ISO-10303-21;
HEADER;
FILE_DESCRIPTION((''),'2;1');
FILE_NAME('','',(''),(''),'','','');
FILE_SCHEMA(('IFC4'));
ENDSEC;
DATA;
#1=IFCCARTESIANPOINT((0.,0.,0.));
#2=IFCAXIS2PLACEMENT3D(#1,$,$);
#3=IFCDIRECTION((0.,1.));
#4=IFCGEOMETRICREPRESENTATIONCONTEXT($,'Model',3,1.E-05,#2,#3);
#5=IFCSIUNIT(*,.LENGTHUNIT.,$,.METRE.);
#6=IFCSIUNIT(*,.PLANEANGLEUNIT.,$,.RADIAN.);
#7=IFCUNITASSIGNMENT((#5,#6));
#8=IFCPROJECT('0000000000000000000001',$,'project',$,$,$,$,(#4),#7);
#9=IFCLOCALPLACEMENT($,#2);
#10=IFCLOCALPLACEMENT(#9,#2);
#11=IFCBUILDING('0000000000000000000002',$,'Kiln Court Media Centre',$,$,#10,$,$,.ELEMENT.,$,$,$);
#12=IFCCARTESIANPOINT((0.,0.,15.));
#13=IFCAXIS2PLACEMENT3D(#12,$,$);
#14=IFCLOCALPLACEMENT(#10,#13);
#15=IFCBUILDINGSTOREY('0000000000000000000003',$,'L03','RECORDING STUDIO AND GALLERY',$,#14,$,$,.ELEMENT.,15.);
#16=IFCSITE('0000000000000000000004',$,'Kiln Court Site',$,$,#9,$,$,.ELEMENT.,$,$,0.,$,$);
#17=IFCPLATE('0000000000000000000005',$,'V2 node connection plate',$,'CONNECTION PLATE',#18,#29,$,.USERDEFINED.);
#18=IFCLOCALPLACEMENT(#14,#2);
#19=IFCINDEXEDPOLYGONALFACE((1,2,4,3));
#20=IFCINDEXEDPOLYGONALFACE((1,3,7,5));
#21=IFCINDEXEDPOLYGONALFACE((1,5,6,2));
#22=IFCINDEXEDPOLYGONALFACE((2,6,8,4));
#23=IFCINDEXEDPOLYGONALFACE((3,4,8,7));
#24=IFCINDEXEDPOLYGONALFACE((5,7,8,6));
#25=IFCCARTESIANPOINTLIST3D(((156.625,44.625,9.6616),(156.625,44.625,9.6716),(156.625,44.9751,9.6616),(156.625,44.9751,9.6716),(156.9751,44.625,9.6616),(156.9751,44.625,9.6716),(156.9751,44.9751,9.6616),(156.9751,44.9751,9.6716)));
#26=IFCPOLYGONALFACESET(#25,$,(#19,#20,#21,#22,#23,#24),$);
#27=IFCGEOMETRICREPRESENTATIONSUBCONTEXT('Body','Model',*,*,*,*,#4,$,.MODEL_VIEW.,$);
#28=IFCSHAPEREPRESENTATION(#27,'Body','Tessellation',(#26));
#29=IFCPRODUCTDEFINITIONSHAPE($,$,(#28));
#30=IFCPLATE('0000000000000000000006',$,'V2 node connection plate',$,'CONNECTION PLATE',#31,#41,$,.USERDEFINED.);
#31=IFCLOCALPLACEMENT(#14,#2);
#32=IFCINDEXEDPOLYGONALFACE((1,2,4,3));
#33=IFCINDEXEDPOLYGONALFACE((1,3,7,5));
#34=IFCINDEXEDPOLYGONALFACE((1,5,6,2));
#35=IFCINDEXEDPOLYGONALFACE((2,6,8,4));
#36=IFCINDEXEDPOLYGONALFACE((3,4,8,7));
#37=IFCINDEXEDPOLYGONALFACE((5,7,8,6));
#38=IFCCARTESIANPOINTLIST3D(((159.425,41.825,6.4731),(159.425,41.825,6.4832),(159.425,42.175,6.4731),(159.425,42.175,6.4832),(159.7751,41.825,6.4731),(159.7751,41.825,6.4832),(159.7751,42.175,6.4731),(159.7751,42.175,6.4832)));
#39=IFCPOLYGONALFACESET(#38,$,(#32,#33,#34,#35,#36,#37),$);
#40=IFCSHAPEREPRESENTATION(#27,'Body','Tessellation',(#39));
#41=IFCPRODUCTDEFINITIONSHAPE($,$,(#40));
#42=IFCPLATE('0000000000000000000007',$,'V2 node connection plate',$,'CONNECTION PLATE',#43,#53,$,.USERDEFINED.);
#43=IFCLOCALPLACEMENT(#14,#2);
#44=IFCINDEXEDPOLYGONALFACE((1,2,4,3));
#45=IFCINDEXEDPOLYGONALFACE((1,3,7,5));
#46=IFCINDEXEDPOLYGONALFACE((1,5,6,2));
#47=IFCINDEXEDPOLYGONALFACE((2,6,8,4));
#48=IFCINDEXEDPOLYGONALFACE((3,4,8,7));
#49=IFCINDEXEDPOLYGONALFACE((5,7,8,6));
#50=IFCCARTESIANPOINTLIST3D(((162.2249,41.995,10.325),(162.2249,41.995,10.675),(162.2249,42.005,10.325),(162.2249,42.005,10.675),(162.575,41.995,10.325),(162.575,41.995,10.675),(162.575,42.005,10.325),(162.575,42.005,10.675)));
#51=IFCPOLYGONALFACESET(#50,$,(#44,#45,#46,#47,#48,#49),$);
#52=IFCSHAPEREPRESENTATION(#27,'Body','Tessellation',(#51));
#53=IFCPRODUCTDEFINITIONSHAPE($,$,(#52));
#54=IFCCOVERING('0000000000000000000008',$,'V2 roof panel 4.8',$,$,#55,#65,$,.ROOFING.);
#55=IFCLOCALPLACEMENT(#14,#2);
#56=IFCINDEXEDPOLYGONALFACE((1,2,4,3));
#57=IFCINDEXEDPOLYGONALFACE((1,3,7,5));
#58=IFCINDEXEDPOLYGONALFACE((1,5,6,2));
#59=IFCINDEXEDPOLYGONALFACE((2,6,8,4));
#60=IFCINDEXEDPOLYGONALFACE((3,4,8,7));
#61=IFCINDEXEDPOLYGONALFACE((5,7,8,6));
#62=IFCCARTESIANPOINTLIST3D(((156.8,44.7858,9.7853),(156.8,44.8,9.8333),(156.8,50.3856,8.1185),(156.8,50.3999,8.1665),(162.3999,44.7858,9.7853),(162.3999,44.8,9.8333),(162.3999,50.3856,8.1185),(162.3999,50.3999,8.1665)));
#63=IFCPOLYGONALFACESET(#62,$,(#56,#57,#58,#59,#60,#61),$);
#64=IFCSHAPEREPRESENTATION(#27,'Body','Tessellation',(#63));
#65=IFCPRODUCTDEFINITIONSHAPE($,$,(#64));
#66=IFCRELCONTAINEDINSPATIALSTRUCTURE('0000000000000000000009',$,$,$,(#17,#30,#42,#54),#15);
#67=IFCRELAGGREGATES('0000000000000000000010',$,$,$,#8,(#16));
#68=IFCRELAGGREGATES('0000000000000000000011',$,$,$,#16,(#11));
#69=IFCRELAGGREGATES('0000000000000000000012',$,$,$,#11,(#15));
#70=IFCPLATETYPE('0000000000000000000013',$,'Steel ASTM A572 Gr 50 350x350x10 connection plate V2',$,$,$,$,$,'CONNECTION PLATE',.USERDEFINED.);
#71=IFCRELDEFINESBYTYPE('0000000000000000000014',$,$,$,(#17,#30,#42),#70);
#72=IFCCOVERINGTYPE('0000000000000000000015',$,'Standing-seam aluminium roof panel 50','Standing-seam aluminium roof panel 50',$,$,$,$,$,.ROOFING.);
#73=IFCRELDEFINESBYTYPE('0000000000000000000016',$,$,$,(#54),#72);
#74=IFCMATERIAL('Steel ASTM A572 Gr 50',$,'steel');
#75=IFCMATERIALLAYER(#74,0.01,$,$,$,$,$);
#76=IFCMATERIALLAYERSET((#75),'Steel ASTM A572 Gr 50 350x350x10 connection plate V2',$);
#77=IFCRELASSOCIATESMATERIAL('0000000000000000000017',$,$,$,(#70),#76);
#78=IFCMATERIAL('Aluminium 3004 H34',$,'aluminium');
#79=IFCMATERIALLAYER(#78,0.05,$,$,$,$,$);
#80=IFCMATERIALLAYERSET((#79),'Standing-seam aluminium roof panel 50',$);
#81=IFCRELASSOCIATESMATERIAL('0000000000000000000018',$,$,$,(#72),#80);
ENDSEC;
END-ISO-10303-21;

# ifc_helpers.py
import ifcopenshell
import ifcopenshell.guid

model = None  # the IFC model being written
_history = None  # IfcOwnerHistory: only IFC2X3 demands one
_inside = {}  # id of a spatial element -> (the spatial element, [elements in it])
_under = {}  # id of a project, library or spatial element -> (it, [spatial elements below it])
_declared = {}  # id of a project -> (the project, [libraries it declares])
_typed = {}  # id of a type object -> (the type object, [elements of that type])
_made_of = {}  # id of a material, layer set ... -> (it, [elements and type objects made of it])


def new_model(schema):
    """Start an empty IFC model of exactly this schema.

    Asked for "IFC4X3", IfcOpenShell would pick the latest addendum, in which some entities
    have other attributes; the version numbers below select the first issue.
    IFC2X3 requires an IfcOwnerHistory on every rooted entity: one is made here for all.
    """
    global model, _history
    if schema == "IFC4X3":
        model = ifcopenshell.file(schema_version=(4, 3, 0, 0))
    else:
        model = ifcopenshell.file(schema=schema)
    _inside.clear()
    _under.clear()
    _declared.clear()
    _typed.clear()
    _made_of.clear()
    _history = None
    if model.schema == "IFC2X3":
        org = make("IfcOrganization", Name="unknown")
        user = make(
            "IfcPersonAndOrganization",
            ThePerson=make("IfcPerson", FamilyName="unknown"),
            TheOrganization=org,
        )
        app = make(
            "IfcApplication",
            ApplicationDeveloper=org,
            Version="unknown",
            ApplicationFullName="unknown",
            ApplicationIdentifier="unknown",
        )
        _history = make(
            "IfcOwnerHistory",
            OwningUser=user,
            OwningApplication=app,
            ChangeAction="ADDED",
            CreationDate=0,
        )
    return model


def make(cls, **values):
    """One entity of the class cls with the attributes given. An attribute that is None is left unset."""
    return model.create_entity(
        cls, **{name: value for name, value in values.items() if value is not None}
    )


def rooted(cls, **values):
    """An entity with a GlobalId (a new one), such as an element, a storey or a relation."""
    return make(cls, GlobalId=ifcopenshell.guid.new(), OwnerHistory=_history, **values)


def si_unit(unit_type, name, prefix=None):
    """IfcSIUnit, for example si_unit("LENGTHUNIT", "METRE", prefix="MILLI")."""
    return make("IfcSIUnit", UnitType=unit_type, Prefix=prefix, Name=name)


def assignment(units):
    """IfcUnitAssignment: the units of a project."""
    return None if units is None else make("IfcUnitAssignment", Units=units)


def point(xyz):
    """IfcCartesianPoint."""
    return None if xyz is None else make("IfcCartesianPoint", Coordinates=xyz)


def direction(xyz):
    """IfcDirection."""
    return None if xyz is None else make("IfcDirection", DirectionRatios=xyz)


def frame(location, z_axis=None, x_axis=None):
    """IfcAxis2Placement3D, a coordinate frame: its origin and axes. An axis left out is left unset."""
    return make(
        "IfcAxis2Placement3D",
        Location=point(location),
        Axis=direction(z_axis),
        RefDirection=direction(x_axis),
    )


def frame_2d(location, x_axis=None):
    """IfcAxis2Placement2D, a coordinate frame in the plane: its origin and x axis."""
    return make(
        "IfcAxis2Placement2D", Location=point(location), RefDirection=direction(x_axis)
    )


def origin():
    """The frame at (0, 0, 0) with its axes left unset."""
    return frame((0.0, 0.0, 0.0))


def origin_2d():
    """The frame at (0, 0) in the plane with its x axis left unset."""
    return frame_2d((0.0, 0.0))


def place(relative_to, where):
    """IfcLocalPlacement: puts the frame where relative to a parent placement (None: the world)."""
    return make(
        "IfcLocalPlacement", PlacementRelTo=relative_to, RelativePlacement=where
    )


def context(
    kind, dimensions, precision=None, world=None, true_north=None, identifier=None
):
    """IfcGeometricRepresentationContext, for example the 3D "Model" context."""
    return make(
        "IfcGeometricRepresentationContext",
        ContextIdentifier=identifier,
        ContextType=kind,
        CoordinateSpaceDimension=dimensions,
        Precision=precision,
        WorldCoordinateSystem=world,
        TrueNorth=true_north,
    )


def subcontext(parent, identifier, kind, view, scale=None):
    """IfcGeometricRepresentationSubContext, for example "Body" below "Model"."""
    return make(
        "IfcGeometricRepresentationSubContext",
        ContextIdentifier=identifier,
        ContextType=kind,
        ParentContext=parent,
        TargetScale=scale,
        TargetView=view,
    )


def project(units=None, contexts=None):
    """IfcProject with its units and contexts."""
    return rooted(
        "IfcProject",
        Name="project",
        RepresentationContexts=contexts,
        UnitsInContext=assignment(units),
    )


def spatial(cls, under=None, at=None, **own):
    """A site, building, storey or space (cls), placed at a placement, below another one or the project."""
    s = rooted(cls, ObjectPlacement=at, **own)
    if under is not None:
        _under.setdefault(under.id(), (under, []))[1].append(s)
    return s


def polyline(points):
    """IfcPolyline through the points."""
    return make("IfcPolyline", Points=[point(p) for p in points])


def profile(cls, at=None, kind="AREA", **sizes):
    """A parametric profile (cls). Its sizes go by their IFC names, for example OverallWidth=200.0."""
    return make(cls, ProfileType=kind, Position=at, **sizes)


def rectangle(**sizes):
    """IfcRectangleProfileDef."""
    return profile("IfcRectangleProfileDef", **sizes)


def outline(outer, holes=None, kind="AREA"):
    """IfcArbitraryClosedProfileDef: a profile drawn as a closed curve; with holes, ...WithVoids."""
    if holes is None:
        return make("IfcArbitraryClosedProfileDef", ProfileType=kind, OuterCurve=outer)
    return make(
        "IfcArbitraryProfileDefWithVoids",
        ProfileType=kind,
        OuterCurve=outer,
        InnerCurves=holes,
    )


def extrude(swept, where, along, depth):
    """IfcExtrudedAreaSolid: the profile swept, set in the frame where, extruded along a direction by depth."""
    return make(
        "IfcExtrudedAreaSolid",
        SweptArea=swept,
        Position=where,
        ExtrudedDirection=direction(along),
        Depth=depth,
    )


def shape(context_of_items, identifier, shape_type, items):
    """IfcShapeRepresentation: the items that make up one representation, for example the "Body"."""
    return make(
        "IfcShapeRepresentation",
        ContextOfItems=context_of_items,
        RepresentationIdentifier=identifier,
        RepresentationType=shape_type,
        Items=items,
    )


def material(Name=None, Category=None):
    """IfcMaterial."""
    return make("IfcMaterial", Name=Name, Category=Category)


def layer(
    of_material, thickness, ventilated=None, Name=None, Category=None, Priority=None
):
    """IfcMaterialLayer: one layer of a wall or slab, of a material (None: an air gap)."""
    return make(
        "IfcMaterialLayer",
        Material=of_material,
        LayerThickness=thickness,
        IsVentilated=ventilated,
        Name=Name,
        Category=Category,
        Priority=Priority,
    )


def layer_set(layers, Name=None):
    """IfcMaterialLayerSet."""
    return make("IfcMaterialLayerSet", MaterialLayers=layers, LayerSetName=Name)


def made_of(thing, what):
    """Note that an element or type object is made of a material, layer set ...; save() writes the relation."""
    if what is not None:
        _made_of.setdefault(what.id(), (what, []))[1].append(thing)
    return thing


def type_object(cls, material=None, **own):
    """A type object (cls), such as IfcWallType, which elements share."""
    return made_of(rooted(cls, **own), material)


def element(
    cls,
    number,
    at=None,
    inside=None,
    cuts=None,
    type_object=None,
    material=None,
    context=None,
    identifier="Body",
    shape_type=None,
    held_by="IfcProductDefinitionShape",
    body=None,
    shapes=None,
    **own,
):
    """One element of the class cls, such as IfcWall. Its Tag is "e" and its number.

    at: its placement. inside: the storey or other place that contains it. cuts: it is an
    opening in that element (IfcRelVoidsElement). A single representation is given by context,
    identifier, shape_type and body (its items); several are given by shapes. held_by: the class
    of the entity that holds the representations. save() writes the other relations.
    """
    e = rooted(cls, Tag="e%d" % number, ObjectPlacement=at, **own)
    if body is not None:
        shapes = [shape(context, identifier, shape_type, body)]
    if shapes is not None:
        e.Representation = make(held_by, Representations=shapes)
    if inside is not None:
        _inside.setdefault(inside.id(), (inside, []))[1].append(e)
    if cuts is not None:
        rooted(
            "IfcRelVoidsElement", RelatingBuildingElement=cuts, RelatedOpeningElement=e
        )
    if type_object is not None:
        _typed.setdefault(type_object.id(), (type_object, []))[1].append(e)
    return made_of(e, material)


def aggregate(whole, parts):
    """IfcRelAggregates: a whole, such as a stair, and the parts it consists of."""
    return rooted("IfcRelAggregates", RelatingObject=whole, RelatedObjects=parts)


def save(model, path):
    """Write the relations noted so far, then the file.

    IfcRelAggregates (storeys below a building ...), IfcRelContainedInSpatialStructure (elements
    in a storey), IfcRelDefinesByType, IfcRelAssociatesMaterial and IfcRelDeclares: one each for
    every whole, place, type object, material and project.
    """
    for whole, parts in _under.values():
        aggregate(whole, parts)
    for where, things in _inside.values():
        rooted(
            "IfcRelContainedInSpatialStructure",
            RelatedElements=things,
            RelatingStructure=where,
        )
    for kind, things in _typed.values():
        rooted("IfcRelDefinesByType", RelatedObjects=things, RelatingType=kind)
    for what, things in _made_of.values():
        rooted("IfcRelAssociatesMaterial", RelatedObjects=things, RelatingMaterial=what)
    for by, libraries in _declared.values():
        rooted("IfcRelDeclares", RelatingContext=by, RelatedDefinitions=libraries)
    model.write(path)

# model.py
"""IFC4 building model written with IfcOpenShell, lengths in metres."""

from ifc_helpers import new_model, si_unit, direction, frame, origin, origin_2d, place, context, subcontext, project, spatial, polyline, rectangle, outline, extrude, material, layer, layer_set, type_object, element, save


model = new_model("IFC4")

# Units and contexts
model_context = context("Model", 3, precision=1e-05, world=origin(), true_north=direction((0.0, 1.0)))
body_context = subcontext(model_context, "Body", "Model", "MODEL_VIEW")
ifc_project = project(units=[si_unit("LENGTHUNIT", "METRE"), si_unit("PLANEANGLEUNIT", "RADIAN")], contexts=[model_context])

# Site, building, storey
site_placement = place(None, origin())
site = spatial("IfcSite", under=ifc_project, at=site_placement, Name="Kiln Court Site", CompositionType="ELEMENT", RefElevation=0.0)
building_placement = place(site_placement, origin())
building = spatial("IfcBuilding", under=site, at=building_placement, Name="Kiln Court Media Centre", CompositionType="ELEMENT")
storey_placement = place(building_placement, frame((0.0, 0.0, 15.0)))
storey = spatial("IfcBuildingStorey", under=building, at=storey_placement, Name="L03", Description="RECORDING STUDIO AND GALLERY", CompositionType="ELEMENT", Elevation=15.0)

# Plates
ifc_material_1 = material(Name="Steel ASTM A572 Gr 50", Category="steel")
ifc_layer_1 = layer(ifc_material_1, 0.01)
ifc_layer_set_1 = layer_set([ifc_layer_1], Name="Steel ASTM A572 Gr 50 350x350x10 connection plate V2")
plate_type_1 = type_object("IfcPlateType", Name="Steel ASTM A572 Gr 50 350x350x10 connection plate V2", ElementType="CONNECTION PLATE", PredefinedType="USERDEFINED", material=ifc_layer_set_1)
for number, where, z_axis, x_axis, name in (
    (1, (156.8, 44.8, 9.6616), (0.0, 0.0, 1.0), (1.0, 0.0, 0.0), "V2 node connection plate"),
    (2, (159.6001, 42.0, 6.4731), (0.0, 0.0, 1.0), (1.0, 0.0, 0.0), "V2 node connection plate"),
):
    element("IfcPlate", number, at=place(storey_placement, frame(where, z_axis=z_axis, x_axis=x_axis)), inside=storey, type_object=plate_type_1, Name=name, ObjectType="CONNECTION PLATE", PredefinedType="USERDEFINED", context=body_context, shape_type="SweptSolid", body=[
        extrude(rectangle(XDim=0.3501, YDim=0.3501, at=origin_2d()), origin(), (0.0, 0.0, 1.0), 0.01),
    ])
plate_1_placement = place(storey_placement, frame((162.3999, 42.0, 10.325), z_axis=(0.0, 0.0, 1.0), x_axis=(1.0, 0.0, 0.0)))
element("IfcPlate", 3, at=plate_1_placement, inside=storey, type_object=plate_type_1, Name="V2 node connection plate", ObjectType="CONNECTION PLATE", PredefinedType="USERDEFINED", context=body_context, shape_type="SweptSolid", body=[
    extrude(rectangle(XDim=0.3501, YDim=0.01, at=origin_2d()), origin(), (0.0, 0.0, 1.0), 0.3501),
])

# Covering
ifc_material_2 = material(Name="Aluminium 3004 H34", Category="aluminium")
ifc_layer_2 = layer(ifc_material_2, 0.05)
ifc_layer_set_2 = layer_set([ifc_layer_2], Name="Standing-seam aluminium roof panel 50")
covering_type = type_object("IfcCoveringType", Name="Standing-seam aluminium roof panel 50", Description="Standing-seam aluminium roof panel 50", PredefinedType="ROOFING", material=ifc_layer_set_2)
covering_placement = place(storey_placement, frame((156.8, 44.8, 9.8333), z_axis=(0.0, 0.285273, 0.958446), x_axis=(0.0, 0.958446, -0.285273)))
element("IfcCovering", 4, at=covering_placement, inside=storey, type_object=covering_type, Name="V2 roof panel 4.8", PredefinedType="ROOFING", context=body_context, shape_type="SweptSolid", body=[
    extrude(outline(polyline([(0.0, 0.0), (5.8426, 0.0), (5.8426, -5.5999), (0.0, -5.5999), (0.0, 0.0)])), origin(), (0.0, 0.0, -1.0), 0.05),
])

save(model, "model.ifc")
